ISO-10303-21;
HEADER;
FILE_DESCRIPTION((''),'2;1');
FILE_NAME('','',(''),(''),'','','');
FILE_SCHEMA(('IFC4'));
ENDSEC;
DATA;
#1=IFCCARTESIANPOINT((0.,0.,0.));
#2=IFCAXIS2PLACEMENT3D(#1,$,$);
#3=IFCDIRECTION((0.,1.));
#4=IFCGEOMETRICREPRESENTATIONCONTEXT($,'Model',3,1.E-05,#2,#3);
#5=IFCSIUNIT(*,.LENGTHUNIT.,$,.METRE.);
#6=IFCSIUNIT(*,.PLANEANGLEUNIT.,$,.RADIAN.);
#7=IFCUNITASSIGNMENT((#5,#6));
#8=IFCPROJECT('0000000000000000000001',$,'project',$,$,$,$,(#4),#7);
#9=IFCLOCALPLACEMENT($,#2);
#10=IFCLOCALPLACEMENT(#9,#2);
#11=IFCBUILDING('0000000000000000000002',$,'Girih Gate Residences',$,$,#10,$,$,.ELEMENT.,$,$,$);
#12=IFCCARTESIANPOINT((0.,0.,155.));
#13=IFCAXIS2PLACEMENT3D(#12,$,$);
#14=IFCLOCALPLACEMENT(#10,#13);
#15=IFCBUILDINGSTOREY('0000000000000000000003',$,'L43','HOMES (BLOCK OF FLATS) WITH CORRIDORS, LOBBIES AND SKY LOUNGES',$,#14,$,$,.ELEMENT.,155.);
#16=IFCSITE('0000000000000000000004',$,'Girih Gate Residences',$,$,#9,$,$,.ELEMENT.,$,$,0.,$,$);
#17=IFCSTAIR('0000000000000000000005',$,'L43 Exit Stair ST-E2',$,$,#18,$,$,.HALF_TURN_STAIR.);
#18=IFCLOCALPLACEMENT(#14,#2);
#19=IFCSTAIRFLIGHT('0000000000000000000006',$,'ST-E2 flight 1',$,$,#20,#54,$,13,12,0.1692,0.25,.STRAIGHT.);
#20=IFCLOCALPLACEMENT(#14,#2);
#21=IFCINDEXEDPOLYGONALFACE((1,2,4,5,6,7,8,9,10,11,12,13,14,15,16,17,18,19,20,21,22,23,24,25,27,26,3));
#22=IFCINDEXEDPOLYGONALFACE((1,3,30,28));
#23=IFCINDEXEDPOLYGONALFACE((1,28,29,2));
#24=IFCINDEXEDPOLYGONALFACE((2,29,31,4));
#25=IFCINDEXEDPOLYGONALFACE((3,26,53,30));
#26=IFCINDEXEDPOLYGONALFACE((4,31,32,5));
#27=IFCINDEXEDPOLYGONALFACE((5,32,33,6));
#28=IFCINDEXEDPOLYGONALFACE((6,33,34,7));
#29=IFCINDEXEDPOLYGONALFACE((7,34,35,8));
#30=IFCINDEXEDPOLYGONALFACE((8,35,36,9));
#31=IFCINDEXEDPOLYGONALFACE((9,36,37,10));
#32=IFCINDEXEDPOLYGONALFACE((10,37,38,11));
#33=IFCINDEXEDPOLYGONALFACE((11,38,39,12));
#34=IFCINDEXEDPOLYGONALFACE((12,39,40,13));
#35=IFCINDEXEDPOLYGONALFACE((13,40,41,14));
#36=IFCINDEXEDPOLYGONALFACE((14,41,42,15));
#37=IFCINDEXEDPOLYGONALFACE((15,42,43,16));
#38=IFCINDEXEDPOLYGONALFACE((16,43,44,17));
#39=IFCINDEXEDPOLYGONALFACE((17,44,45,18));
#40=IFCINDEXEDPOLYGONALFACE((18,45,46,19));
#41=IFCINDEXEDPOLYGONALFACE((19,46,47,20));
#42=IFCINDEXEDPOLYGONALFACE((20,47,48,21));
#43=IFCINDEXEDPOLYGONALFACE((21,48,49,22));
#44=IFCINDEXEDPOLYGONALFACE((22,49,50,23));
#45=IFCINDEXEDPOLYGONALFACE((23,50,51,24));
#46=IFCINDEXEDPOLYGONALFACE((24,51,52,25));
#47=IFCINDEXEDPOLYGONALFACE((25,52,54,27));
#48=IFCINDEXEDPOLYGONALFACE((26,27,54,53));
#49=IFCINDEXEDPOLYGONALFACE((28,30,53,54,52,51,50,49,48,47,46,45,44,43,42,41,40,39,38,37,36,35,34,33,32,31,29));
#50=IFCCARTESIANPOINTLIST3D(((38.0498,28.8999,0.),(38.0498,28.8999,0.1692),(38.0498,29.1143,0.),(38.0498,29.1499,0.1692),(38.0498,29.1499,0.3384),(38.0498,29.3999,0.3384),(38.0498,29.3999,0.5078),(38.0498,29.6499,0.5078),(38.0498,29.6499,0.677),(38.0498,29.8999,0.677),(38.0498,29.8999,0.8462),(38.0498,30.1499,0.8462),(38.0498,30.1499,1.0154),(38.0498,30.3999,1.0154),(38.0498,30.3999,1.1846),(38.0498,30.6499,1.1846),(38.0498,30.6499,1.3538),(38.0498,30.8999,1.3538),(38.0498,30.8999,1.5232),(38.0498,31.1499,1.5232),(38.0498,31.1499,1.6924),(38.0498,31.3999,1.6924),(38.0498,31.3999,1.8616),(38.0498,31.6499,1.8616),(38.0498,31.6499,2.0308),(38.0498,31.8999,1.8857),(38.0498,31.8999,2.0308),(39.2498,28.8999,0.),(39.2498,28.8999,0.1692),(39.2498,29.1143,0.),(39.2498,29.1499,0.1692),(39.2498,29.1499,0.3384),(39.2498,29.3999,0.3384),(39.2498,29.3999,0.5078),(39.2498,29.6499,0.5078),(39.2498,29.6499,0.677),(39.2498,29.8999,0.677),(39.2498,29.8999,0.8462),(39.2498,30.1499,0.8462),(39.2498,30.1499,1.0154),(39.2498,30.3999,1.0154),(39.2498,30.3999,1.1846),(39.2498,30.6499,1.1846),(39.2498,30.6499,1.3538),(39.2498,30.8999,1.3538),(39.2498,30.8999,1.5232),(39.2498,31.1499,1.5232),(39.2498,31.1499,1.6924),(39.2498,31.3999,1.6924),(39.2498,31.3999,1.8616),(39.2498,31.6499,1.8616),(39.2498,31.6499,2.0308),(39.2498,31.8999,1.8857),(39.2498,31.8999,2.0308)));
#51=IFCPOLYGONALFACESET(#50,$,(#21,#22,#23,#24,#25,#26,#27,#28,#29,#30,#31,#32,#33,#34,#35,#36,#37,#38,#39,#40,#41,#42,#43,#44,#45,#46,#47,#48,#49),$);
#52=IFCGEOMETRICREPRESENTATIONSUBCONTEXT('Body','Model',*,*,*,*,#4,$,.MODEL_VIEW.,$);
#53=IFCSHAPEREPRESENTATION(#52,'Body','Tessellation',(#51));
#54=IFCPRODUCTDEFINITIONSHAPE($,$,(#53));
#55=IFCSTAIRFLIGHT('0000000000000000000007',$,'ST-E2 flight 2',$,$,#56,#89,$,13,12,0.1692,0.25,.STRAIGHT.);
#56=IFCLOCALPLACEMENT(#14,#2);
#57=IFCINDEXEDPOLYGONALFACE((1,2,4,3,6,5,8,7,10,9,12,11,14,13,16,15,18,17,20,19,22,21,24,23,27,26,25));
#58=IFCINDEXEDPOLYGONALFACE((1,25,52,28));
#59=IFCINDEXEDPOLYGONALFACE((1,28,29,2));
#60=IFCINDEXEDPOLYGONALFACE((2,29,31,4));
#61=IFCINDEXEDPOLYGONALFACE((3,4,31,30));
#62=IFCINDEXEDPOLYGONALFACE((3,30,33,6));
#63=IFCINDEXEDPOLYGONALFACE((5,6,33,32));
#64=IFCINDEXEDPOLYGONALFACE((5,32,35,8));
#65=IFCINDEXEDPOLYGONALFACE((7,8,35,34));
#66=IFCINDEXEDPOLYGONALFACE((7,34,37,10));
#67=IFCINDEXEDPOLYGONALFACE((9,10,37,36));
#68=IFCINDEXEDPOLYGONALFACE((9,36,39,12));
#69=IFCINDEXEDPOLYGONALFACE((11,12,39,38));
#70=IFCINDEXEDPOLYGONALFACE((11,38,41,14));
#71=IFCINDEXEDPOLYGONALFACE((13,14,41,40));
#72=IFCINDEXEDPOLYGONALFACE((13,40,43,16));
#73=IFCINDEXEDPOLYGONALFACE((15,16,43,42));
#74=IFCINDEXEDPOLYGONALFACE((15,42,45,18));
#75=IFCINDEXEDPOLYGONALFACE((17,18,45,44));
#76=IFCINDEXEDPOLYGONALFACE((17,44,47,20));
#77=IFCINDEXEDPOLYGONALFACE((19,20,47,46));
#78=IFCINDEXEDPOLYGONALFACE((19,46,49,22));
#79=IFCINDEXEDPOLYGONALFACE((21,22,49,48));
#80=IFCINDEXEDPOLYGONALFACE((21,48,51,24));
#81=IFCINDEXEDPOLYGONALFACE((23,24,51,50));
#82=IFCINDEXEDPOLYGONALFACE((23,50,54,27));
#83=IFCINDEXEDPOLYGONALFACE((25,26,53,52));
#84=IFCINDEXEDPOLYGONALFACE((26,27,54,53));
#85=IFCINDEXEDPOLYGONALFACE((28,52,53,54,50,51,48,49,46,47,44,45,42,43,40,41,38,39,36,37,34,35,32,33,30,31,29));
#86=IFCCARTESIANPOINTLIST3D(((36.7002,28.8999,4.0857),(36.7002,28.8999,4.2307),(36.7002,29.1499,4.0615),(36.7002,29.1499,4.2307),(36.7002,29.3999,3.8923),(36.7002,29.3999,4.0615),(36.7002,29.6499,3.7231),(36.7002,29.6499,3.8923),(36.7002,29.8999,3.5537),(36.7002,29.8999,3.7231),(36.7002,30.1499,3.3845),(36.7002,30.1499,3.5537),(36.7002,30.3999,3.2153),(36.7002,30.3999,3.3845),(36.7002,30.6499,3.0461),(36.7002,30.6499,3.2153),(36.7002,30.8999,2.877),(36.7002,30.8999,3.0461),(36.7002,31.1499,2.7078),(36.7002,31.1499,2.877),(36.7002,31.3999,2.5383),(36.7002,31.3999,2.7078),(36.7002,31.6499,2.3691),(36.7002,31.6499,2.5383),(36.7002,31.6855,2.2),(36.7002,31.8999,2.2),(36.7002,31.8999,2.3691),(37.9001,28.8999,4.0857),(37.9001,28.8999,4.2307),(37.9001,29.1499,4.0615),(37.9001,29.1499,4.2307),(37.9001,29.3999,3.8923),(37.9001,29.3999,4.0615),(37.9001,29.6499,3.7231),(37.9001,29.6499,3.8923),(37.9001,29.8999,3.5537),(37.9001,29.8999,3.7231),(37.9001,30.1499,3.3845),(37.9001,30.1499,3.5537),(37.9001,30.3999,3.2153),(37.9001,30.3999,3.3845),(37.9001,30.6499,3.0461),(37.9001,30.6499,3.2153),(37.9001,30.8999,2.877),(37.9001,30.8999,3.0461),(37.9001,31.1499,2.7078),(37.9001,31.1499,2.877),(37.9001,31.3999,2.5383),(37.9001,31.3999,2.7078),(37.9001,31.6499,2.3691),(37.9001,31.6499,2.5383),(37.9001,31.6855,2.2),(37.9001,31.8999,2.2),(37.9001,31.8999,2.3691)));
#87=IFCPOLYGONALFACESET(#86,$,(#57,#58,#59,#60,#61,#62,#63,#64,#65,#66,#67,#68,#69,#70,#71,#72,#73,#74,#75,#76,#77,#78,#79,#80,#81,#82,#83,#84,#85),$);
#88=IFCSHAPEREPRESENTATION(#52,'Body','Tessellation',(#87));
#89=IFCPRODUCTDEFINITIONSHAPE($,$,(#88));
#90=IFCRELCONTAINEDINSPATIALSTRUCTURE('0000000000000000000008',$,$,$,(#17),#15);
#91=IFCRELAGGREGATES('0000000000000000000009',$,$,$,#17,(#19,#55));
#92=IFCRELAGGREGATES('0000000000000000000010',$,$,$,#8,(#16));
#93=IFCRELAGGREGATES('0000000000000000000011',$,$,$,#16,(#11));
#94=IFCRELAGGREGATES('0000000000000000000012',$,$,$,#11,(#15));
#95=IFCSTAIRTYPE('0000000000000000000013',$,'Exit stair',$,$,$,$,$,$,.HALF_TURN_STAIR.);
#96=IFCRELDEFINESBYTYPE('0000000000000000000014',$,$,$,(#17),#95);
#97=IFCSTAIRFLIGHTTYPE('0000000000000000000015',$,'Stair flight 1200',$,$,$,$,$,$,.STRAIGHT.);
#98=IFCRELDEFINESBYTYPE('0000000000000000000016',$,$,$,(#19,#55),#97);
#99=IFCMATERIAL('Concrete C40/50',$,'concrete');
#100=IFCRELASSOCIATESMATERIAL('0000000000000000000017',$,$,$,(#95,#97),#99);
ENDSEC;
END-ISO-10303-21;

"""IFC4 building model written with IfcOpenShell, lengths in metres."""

from ifc_helpers import new_model, si_unit, direction, frame, origin, place, context, subcontext, project, spatial, polyline, outline, extrude, material, type_object, element, aggregate, save


model = new_model("IFC4")

# Units and contexts
model_context = context("Model", 3, precision=1e-05, world=origin(), true_north=direction((0.0, 1.0)))
body_context = subcontext(model_context, "Body", "Model", "MODEL_VIEW")
ifc_project = project(units=[si_unit("LENGTHUNIT", "METRE"), si_unit("PLANEANGLEUNIT", "RADIAN")], contexts=[model_context])

# Site, building, storey
site_placement = place(None, origin())
site = spatial("IfcSite", under=ifc_project, at=site_placement, Name="Girih Gate Residences", CompositionType="ELEMENT", RefElevation=0.0)
building_placement = place(site_placement, origin())
building = spatial("IfcBuilding", under=site, at=building_placement, Name="Girih Gate Residences", CompositionType="ELEMENT")
storey_placement = place(building_placement, frame((0.0, 0.0, 155.0)))
storey = spatial("IfcBuildingStorey", under=building, at=storey_placement, Name="L43", Description="HOMES (BLOCK OF FLATS) WITH CORRIDORS, LOBBIES AND SKY LOUNGES", CompositionType="ELEMENT", Elevation=155.0)

# Shared definitions
ifc_material_1 = material(Name="Concrete C40/50", Category="concrete")

# Stair, stair flights
stair_type = type_object("IfcStairType", Name="Exit stair", PredefinedType="HALF_TURN_STAIR", material=ifc_material_1)
stair_placement = place(storey_placement, origin())
stair = element("IfcStair", 1, at=stair_placement, inside=storey, type_object=stair_type, Name="L43 Exit Stair ST-E2", PredefinedType="HALF_TURN_STAIR")
stair_flight_type = type_object("IfcStairFlightType", Name="Stair flight 1200", PredefinedType="STRAIGHT", material=ifc_material_1)
stair_flight_1_placement = place(storey_placement, frame((38.6499, 28.8999, 0.0), z_axis=(0.0, 0.0, 1.0), x_axis=(0.0, 1.0, 0.0)))
stair_flight_1 = element("IfcStairFlight", 2, at=stair_flight_1_placement, type_object=stair_flight_type, Name="ST-E2 flight 1", NumberOfRisers=13, NumberOfTreads=12, PredefinedType="STRAIGHT", RiserHeight=0.1692, TreadLength=0.25, context=body_context, shape_type="SweptSolid", body=[
    extrude(outline(polyline([(0.0, 0.0), (0.0, 0.1692), (0.25, 0.1692), (0.25, 0.3384), (0.5, 0.3384), (0.5, 0.5078), (0.75, 0.5078), (0.75, 0.677), (1.0, 0.677), (1.0, 0.8462), (1.25, 0.8462), (1.25, 1.0154), (1.5, 1.0154), (1.5, 1.1846), (1.75, 1.1846), (1.75, 1.3538), (2.0, 1.3538), (2.0, 1.5232), (2.25, 1.5232), (2.25, 1.6924), (2.5, 1.6924), (2.5, 1.8616), (2.75, 1.8616), (2.75, 2.0308), (3.0, 2.0308), (3.0, 2.2), (3.0, 1.8857), (0.2144, 0.0), (0.0, 0.0)])), frame((0.0, 0.6001, 0.0), z_axis=(0.0, -1.0, 0.0), x_axis=(1.0, 0.0, 0.0)), (0.0, 0.0, 1.0), 1.2),
])
stair_flight_2_placement = place(storey_placement, frame((37.3, 31.8999, 2.2), z_axis=(0.0, 0.0, 1.0), x_axis=(0.0, -1.0, 0.0)))
stair_flight_2 = element("IfcStairFlight", 3, at=stair_flight_2_placement, type_object=stair_flight_type, Name="ST-E2 flight 2", NumberOfRisers=13, NumberOfTreads=12, PredefinedType="STRAIGHT", RiserHeight=0.1692, TreadLength=0.25, context=body_context, shape_type="SweptSolid", body=[
    extrude(outline(polyline([(0.0, 0.0), (0.0, 0.1692), (0.25, 0.1692), (0.25, 0.3384), (0.5, 0.3384), (0.5, 0.5078), (0.75, 0.5078), (0.75, 0.677), (1.0, 0.677), (1.0, 0.8462), (1.25, 0.8462), (1.25, 1.0154), (1.5, 1.0154), (1.5, 1.1846), (1.75, 1.1846), (1.75, 1.3538), (2.0, 1.3538), (2.0, 1.5232), (2.25, 1.5232), (2.25, 1.6924), (2.5, 1.6924), (2.5, 1.8616), (2.75, 1.8616), (2.75, 2.0308), (3.0, 2.0308), (3.0, 2.2), (3.0, 1.8857), (0.2144, 0.0), (0.0, 0.0)])), frame((0.0, 0.6001, 0.0), z_axis=(0.0, -1.0, 0.0), x_axis=(1.0, 0.0, 0.0)), (0.0, 0.0, 1.0), 1.2),
])
aggregate(stair, [stair_flight_1, stair_flight_2])

save(model, "model.ifc")
